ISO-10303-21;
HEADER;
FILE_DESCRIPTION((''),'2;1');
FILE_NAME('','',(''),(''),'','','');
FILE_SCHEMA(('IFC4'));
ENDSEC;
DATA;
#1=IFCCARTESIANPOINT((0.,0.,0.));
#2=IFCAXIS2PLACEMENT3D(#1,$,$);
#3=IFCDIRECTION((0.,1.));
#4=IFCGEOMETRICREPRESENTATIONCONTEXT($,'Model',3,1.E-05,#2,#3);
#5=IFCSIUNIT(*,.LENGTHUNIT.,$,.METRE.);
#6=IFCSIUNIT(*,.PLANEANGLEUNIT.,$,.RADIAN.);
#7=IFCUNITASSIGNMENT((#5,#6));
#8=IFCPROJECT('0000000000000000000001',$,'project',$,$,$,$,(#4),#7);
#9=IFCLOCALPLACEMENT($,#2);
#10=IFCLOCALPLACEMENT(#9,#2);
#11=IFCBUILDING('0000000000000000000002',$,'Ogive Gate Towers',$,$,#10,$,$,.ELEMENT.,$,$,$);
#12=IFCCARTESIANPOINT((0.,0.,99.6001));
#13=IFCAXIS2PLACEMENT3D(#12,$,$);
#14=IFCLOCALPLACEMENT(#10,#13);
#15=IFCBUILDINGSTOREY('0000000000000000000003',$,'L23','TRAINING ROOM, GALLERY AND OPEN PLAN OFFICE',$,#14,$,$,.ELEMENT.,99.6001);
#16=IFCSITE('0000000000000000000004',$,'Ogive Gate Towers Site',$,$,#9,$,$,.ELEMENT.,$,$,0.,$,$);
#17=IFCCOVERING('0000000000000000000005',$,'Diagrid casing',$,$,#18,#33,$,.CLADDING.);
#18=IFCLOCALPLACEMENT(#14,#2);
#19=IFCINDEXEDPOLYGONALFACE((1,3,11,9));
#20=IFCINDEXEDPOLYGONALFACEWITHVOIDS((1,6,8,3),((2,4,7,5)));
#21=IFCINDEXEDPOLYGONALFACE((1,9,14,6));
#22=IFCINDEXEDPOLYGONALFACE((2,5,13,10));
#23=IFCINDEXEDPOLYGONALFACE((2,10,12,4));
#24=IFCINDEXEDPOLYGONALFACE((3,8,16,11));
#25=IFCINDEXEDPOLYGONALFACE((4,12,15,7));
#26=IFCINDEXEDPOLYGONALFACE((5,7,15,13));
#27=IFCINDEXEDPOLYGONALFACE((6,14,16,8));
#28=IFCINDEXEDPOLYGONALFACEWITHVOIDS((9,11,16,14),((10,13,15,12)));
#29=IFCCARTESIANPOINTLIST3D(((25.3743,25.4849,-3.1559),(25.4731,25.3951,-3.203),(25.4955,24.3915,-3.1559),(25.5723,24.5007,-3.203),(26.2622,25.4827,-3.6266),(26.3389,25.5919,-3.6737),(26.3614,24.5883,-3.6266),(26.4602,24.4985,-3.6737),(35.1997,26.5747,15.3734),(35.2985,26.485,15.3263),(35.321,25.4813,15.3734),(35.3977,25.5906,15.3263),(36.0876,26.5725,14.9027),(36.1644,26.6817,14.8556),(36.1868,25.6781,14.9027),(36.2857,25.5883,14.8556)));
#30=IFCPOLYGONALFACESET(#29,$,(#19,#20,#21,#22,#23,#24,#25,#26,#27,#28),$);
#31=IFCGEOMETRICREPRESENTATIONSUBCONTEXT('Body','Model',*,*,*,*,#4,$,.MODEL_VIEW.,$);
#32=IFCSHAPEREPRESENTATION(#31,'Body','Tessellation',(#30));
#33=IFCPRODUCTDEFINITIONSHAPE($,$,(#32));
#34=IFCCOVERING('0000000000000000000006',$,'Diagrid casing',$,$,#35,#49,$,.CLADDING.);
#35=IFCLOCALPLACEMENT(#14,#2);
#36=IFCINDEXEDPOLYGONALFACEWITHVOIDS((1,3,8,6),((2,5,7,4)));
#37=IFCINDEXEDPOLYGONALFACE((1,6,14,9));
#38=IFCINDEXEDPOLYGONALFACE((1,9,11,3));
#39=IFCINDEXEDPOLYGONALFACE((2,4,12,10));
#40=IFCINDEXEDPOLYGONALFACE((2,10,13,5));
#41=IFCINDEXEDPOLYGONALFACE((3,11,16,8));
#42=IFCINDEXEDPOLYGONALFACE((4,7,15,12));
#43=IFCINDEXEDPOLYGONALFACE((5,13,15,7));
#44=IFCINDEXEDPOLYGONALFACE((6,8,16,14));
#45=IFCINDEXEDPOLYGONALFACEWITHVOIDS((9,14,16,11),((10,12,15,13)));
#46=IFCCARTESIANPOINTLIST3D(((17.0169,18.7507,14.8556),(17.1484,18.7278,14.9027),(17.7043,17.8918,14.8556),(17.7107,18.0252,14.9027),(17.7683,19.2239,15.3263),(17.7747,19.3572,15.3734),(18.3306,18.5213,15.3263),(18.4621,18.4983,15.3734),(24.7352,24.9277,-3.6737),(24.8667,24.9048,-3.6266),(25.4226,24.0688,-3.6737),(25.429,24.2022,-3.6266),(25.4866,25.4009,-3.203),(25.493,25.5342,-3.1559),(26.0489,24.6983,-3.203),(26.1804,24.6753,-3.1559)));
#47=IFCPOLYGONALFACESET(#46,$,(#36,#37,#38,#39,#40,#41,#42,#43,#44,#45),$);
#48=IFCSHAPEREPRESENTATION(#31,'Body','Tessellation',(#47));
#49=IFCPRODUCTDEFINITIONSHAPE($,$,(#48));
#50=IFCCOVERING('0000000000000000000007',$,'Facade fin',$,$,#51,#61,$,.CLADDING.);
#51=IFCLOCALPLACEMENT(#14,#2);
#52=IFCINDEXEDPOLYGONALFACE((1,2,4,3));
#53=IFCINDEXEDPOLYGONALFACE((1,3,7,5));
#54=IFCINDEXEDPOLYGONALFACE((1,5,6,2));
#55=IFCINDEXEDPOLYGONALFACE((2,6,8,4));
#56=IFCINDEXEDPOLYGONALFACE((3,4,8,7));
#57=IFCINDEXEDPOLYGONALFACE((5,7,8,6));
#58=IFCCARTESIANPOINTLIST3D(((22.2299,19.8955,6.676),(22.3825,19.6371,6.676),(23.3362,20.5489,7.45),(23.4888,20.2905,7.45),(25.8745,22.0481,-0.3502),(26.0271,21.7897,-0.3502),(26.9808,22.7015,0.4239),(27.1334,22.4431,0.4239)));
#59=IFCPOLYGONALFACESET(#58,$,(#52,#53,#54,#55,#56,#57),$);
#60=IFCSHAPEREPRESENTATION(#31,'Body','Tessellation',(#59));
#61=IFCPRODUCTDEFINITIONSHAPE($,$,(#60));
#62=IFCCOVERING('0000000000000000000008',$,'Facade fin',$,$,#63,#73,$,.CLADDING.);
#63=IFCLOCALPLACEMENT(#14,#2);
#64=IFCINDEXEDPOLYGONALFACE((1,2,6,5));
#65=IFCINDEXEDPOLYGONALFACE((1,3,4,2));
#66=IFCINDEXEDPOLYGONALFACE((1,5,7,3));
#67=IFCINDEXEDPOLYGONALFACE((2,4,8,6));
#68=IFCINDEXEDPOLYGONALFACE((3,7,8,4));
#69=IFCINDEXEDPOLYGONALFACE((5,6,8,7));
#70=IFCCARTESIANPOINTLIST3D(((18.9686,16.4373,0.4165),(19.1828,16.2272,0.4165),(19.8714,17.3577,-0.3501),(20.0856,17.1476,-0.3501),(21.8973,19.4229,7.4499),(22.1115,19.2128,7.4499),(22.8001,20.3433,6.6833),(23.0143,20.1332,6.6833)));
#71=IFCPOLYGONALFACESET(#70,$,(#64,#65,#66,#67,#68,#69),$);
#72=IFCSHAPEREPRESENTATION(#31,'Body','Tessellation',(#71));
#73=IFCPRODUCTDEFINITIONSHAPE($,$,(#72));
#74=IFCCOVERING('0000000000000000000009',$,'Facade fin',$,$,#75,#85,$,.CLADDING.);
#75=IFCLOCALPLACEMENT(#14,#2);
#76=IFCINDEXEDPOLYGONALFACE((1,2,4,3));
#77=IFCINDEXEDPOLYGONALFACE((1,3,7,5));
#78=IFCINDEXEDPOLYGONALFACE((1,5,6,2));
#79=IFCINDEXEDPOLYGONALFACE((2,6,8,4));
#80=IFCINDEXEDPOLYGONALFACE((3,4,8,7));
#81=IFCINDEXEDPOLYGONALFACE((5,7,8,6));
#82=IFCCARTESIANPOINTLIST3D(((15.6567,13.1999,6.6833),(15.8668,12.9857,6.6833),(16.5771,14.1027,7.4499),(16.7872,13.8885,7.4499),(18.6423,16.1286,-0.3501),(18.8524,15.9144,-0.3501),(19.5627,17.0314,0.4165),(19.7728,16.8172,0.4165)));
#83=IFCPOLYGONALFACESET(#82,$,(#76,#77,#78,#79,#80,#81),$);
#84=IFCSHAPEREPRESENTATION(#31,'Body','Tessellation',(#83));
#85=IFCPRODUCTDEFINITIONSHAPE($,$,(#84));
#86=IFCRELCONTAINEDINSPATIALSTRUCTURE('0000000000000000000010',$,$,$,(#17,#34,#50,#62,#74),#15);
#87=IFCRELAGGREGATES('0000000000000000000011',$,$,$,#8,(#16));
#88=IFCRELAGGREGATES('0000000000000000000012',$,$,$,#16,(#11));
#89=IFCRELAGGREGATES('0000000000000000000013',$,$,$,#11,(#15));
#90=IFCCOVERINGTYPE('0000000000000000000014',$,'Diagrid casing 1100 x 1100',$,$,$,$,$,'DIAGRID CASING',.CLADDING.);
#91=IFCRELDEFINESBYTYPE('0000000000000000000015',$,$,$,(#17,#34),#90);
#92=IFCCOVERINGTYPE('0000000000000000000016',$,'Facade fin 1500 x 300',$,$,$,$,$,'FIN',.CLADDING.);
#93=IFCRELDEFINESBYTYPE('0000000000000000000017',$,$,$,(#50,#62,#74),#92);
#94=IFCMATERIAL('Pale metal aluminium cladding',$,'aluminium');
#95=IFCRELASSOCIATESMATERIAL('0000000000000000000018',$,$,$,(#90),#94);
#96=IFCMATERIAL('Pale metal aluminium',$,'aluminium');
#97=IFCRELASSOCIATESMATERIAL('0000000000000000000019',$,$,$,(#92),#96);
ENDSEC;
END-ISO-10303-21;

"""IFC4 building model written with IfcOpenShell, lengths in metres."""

from ifc_helpers import new_model, si_unit, direction, frame, origin, origin_2d, place, context, subcontext, project, spatial, rectangle, hollow_rectangle, extrude, material, material_profile, profile_set, type_object, element, save


model = new_model("IFC4")

# Units and contexts
model_context = context("Model", 3, precision=1e-05, world=origin(), true_north=direction((0.0, 1.0)))
body_context = subcontext(model_context, "Body", "Model", "MODEL_VIEW")
ifc_project = project(units=[si_unit("LENGTHUNIT", "METRE"), si_unit("PLANEANGLEUNIT", "RADIAN")], contexts=[model_context])

# Site, building, storey
site_placement = place(None, origin())
site = spatial("IfcSite", under=ifc_project, at=site_placement, Name="Ogive Gate Towers Site", CompositionType="ELEMENT", RefElevation=0.0)
building_placement = place(site_placement, origin())
building = spatial("IfcBuilding", under=site, at=building_placement, Name="Ogive Gate Towers", CompositionType="ELEMENT")
storey_placement = place(building_placement, frame((0.0, 0.0, 99.6001)))
storey = spatial("IfcBuildingStorey", under=building, at=storey_placement, Name="L23", Description="TRAINING ROOM, GALLERY AND OPEN PLAN OFFICE", CompositionType="ELEMENT", Elevation=99.6001)

# Shared definitions
ifc_material_1 = material(Name="Pale metal aluminium", Category="aluminium")

# Coverings
ifc_material_2 = material(Name="Pale metal aluminium cladding", Category="aluminium")
ifc_material_profile_1 = material_profile(ifc_material_2, hollow_rectangle(XDim=1.1001, YDim=1.1001, WallThickness=0.1001, at=origin_2d()), Name="1100 x 1100 pale metal casing")
ifc_profile_set_1 = profile_set([ifc_material_profile_1], Name="Pale metal aluminium cladding")
covering_type_1 = type_object("IfcCoveringType", Name="Diagrid casing 1100 x 1100", ElementType="DIAGRID CASING", PredefinedType="CLADDING", material=ifc_profile_set_1)
for number, where, z_axis, x_axis, name in (
    (1, (25.9172, 24.9917, -3.4148), (0.467845, 0.051894, 0.882286), (-0.110244, 0.993904, 0.0), "Diagrid casing"),
    (2, (25.4578, 24.8015, -3.4148), (-0.367511, -0.294122, 0.882286), (0.624843, -0.780751, 0.0), "Diagrid casing"),
):
    element("IfcCovering", number, at=place(storey_placement, frame(where, z_axis=z_axis, x_axis=x_axis)), inside=storey, type_object=covering_type_1, Name=name, PredefinedType="CLADDING", context=body_context, shape_type="SweptSolid", body=[
        extrude(hollow_rectangle(XDim=1.1001, YDim=1.1001, WallThickness=0.1001, at=origin_2d()), origin(), (0.0, 0.0, 1.0), 21.0015),
    ])
ifc_material_profile_2 = material_profile(ifc_material_1, rectangle(XDim=0.3, YDim=1.5, at=origin_2d()), Name="1500 x 300 pale metal aluminium")
ifc_profile_set_2 = profile_set([ifc_material_profile_2], Name="Pale metal aluminium")
covering_type_2 = type_object("IfcCoveringType", Name="Facade fin 1500 x 300", ElementType="FIN", PredefinedType="CLADDING", material=ifc_profile_set_2)
covering_1_placement = place(storey_placement, frame((26.5039, 22.2456, 0.0369), z_axis=(-0.444314, -0.262428, 0.856573), x_axis=(0.508554, -0.86103, 0.0)))
element("IfcCovering", 3, at=covering_1_placement, inside=storey, type_object=covering_type_2, Name="Facade fin", PredefinedType="CLADDING", context=body_context, shape_type="SweptSolid", body=[
    extrude(rectangle(XDim=0.3, YDim=1.5, at=origin_2d()), origin(), (0.0, 0.0, 1.0), 8.2026),
])
for number, where, z_axis, x_axis, name in (
    (4, (19.5271, 16.7925, 0.0332), (0.357904, 0.364856, 0.859526), (-0.713875, 0.700273, 0.0), "Facade fin"),
    (5, (19.2075, 16.4729, 0.0332), (-0.364856, -0.357904, 0.859526), (0.700273, -0.713875, 0.0), "Facade fin"),
):
    element("IfcCovering", number, at=place(storey_placement, frame(where, z_axis=z_axis, x_axis=x_axis)), inside=storey, type_object=covering_type_2, Name=name, PredefinedType="CLADDING", context=body_context, shape_type="SweptSolid", body=[
        extrude(rectangle(XDim=0.3, YDim=1.5, at=origin_2d()), origin(), (0.0, 0.0, 1.0), 8.1829),
    ])

save(model, "model.ifc")
